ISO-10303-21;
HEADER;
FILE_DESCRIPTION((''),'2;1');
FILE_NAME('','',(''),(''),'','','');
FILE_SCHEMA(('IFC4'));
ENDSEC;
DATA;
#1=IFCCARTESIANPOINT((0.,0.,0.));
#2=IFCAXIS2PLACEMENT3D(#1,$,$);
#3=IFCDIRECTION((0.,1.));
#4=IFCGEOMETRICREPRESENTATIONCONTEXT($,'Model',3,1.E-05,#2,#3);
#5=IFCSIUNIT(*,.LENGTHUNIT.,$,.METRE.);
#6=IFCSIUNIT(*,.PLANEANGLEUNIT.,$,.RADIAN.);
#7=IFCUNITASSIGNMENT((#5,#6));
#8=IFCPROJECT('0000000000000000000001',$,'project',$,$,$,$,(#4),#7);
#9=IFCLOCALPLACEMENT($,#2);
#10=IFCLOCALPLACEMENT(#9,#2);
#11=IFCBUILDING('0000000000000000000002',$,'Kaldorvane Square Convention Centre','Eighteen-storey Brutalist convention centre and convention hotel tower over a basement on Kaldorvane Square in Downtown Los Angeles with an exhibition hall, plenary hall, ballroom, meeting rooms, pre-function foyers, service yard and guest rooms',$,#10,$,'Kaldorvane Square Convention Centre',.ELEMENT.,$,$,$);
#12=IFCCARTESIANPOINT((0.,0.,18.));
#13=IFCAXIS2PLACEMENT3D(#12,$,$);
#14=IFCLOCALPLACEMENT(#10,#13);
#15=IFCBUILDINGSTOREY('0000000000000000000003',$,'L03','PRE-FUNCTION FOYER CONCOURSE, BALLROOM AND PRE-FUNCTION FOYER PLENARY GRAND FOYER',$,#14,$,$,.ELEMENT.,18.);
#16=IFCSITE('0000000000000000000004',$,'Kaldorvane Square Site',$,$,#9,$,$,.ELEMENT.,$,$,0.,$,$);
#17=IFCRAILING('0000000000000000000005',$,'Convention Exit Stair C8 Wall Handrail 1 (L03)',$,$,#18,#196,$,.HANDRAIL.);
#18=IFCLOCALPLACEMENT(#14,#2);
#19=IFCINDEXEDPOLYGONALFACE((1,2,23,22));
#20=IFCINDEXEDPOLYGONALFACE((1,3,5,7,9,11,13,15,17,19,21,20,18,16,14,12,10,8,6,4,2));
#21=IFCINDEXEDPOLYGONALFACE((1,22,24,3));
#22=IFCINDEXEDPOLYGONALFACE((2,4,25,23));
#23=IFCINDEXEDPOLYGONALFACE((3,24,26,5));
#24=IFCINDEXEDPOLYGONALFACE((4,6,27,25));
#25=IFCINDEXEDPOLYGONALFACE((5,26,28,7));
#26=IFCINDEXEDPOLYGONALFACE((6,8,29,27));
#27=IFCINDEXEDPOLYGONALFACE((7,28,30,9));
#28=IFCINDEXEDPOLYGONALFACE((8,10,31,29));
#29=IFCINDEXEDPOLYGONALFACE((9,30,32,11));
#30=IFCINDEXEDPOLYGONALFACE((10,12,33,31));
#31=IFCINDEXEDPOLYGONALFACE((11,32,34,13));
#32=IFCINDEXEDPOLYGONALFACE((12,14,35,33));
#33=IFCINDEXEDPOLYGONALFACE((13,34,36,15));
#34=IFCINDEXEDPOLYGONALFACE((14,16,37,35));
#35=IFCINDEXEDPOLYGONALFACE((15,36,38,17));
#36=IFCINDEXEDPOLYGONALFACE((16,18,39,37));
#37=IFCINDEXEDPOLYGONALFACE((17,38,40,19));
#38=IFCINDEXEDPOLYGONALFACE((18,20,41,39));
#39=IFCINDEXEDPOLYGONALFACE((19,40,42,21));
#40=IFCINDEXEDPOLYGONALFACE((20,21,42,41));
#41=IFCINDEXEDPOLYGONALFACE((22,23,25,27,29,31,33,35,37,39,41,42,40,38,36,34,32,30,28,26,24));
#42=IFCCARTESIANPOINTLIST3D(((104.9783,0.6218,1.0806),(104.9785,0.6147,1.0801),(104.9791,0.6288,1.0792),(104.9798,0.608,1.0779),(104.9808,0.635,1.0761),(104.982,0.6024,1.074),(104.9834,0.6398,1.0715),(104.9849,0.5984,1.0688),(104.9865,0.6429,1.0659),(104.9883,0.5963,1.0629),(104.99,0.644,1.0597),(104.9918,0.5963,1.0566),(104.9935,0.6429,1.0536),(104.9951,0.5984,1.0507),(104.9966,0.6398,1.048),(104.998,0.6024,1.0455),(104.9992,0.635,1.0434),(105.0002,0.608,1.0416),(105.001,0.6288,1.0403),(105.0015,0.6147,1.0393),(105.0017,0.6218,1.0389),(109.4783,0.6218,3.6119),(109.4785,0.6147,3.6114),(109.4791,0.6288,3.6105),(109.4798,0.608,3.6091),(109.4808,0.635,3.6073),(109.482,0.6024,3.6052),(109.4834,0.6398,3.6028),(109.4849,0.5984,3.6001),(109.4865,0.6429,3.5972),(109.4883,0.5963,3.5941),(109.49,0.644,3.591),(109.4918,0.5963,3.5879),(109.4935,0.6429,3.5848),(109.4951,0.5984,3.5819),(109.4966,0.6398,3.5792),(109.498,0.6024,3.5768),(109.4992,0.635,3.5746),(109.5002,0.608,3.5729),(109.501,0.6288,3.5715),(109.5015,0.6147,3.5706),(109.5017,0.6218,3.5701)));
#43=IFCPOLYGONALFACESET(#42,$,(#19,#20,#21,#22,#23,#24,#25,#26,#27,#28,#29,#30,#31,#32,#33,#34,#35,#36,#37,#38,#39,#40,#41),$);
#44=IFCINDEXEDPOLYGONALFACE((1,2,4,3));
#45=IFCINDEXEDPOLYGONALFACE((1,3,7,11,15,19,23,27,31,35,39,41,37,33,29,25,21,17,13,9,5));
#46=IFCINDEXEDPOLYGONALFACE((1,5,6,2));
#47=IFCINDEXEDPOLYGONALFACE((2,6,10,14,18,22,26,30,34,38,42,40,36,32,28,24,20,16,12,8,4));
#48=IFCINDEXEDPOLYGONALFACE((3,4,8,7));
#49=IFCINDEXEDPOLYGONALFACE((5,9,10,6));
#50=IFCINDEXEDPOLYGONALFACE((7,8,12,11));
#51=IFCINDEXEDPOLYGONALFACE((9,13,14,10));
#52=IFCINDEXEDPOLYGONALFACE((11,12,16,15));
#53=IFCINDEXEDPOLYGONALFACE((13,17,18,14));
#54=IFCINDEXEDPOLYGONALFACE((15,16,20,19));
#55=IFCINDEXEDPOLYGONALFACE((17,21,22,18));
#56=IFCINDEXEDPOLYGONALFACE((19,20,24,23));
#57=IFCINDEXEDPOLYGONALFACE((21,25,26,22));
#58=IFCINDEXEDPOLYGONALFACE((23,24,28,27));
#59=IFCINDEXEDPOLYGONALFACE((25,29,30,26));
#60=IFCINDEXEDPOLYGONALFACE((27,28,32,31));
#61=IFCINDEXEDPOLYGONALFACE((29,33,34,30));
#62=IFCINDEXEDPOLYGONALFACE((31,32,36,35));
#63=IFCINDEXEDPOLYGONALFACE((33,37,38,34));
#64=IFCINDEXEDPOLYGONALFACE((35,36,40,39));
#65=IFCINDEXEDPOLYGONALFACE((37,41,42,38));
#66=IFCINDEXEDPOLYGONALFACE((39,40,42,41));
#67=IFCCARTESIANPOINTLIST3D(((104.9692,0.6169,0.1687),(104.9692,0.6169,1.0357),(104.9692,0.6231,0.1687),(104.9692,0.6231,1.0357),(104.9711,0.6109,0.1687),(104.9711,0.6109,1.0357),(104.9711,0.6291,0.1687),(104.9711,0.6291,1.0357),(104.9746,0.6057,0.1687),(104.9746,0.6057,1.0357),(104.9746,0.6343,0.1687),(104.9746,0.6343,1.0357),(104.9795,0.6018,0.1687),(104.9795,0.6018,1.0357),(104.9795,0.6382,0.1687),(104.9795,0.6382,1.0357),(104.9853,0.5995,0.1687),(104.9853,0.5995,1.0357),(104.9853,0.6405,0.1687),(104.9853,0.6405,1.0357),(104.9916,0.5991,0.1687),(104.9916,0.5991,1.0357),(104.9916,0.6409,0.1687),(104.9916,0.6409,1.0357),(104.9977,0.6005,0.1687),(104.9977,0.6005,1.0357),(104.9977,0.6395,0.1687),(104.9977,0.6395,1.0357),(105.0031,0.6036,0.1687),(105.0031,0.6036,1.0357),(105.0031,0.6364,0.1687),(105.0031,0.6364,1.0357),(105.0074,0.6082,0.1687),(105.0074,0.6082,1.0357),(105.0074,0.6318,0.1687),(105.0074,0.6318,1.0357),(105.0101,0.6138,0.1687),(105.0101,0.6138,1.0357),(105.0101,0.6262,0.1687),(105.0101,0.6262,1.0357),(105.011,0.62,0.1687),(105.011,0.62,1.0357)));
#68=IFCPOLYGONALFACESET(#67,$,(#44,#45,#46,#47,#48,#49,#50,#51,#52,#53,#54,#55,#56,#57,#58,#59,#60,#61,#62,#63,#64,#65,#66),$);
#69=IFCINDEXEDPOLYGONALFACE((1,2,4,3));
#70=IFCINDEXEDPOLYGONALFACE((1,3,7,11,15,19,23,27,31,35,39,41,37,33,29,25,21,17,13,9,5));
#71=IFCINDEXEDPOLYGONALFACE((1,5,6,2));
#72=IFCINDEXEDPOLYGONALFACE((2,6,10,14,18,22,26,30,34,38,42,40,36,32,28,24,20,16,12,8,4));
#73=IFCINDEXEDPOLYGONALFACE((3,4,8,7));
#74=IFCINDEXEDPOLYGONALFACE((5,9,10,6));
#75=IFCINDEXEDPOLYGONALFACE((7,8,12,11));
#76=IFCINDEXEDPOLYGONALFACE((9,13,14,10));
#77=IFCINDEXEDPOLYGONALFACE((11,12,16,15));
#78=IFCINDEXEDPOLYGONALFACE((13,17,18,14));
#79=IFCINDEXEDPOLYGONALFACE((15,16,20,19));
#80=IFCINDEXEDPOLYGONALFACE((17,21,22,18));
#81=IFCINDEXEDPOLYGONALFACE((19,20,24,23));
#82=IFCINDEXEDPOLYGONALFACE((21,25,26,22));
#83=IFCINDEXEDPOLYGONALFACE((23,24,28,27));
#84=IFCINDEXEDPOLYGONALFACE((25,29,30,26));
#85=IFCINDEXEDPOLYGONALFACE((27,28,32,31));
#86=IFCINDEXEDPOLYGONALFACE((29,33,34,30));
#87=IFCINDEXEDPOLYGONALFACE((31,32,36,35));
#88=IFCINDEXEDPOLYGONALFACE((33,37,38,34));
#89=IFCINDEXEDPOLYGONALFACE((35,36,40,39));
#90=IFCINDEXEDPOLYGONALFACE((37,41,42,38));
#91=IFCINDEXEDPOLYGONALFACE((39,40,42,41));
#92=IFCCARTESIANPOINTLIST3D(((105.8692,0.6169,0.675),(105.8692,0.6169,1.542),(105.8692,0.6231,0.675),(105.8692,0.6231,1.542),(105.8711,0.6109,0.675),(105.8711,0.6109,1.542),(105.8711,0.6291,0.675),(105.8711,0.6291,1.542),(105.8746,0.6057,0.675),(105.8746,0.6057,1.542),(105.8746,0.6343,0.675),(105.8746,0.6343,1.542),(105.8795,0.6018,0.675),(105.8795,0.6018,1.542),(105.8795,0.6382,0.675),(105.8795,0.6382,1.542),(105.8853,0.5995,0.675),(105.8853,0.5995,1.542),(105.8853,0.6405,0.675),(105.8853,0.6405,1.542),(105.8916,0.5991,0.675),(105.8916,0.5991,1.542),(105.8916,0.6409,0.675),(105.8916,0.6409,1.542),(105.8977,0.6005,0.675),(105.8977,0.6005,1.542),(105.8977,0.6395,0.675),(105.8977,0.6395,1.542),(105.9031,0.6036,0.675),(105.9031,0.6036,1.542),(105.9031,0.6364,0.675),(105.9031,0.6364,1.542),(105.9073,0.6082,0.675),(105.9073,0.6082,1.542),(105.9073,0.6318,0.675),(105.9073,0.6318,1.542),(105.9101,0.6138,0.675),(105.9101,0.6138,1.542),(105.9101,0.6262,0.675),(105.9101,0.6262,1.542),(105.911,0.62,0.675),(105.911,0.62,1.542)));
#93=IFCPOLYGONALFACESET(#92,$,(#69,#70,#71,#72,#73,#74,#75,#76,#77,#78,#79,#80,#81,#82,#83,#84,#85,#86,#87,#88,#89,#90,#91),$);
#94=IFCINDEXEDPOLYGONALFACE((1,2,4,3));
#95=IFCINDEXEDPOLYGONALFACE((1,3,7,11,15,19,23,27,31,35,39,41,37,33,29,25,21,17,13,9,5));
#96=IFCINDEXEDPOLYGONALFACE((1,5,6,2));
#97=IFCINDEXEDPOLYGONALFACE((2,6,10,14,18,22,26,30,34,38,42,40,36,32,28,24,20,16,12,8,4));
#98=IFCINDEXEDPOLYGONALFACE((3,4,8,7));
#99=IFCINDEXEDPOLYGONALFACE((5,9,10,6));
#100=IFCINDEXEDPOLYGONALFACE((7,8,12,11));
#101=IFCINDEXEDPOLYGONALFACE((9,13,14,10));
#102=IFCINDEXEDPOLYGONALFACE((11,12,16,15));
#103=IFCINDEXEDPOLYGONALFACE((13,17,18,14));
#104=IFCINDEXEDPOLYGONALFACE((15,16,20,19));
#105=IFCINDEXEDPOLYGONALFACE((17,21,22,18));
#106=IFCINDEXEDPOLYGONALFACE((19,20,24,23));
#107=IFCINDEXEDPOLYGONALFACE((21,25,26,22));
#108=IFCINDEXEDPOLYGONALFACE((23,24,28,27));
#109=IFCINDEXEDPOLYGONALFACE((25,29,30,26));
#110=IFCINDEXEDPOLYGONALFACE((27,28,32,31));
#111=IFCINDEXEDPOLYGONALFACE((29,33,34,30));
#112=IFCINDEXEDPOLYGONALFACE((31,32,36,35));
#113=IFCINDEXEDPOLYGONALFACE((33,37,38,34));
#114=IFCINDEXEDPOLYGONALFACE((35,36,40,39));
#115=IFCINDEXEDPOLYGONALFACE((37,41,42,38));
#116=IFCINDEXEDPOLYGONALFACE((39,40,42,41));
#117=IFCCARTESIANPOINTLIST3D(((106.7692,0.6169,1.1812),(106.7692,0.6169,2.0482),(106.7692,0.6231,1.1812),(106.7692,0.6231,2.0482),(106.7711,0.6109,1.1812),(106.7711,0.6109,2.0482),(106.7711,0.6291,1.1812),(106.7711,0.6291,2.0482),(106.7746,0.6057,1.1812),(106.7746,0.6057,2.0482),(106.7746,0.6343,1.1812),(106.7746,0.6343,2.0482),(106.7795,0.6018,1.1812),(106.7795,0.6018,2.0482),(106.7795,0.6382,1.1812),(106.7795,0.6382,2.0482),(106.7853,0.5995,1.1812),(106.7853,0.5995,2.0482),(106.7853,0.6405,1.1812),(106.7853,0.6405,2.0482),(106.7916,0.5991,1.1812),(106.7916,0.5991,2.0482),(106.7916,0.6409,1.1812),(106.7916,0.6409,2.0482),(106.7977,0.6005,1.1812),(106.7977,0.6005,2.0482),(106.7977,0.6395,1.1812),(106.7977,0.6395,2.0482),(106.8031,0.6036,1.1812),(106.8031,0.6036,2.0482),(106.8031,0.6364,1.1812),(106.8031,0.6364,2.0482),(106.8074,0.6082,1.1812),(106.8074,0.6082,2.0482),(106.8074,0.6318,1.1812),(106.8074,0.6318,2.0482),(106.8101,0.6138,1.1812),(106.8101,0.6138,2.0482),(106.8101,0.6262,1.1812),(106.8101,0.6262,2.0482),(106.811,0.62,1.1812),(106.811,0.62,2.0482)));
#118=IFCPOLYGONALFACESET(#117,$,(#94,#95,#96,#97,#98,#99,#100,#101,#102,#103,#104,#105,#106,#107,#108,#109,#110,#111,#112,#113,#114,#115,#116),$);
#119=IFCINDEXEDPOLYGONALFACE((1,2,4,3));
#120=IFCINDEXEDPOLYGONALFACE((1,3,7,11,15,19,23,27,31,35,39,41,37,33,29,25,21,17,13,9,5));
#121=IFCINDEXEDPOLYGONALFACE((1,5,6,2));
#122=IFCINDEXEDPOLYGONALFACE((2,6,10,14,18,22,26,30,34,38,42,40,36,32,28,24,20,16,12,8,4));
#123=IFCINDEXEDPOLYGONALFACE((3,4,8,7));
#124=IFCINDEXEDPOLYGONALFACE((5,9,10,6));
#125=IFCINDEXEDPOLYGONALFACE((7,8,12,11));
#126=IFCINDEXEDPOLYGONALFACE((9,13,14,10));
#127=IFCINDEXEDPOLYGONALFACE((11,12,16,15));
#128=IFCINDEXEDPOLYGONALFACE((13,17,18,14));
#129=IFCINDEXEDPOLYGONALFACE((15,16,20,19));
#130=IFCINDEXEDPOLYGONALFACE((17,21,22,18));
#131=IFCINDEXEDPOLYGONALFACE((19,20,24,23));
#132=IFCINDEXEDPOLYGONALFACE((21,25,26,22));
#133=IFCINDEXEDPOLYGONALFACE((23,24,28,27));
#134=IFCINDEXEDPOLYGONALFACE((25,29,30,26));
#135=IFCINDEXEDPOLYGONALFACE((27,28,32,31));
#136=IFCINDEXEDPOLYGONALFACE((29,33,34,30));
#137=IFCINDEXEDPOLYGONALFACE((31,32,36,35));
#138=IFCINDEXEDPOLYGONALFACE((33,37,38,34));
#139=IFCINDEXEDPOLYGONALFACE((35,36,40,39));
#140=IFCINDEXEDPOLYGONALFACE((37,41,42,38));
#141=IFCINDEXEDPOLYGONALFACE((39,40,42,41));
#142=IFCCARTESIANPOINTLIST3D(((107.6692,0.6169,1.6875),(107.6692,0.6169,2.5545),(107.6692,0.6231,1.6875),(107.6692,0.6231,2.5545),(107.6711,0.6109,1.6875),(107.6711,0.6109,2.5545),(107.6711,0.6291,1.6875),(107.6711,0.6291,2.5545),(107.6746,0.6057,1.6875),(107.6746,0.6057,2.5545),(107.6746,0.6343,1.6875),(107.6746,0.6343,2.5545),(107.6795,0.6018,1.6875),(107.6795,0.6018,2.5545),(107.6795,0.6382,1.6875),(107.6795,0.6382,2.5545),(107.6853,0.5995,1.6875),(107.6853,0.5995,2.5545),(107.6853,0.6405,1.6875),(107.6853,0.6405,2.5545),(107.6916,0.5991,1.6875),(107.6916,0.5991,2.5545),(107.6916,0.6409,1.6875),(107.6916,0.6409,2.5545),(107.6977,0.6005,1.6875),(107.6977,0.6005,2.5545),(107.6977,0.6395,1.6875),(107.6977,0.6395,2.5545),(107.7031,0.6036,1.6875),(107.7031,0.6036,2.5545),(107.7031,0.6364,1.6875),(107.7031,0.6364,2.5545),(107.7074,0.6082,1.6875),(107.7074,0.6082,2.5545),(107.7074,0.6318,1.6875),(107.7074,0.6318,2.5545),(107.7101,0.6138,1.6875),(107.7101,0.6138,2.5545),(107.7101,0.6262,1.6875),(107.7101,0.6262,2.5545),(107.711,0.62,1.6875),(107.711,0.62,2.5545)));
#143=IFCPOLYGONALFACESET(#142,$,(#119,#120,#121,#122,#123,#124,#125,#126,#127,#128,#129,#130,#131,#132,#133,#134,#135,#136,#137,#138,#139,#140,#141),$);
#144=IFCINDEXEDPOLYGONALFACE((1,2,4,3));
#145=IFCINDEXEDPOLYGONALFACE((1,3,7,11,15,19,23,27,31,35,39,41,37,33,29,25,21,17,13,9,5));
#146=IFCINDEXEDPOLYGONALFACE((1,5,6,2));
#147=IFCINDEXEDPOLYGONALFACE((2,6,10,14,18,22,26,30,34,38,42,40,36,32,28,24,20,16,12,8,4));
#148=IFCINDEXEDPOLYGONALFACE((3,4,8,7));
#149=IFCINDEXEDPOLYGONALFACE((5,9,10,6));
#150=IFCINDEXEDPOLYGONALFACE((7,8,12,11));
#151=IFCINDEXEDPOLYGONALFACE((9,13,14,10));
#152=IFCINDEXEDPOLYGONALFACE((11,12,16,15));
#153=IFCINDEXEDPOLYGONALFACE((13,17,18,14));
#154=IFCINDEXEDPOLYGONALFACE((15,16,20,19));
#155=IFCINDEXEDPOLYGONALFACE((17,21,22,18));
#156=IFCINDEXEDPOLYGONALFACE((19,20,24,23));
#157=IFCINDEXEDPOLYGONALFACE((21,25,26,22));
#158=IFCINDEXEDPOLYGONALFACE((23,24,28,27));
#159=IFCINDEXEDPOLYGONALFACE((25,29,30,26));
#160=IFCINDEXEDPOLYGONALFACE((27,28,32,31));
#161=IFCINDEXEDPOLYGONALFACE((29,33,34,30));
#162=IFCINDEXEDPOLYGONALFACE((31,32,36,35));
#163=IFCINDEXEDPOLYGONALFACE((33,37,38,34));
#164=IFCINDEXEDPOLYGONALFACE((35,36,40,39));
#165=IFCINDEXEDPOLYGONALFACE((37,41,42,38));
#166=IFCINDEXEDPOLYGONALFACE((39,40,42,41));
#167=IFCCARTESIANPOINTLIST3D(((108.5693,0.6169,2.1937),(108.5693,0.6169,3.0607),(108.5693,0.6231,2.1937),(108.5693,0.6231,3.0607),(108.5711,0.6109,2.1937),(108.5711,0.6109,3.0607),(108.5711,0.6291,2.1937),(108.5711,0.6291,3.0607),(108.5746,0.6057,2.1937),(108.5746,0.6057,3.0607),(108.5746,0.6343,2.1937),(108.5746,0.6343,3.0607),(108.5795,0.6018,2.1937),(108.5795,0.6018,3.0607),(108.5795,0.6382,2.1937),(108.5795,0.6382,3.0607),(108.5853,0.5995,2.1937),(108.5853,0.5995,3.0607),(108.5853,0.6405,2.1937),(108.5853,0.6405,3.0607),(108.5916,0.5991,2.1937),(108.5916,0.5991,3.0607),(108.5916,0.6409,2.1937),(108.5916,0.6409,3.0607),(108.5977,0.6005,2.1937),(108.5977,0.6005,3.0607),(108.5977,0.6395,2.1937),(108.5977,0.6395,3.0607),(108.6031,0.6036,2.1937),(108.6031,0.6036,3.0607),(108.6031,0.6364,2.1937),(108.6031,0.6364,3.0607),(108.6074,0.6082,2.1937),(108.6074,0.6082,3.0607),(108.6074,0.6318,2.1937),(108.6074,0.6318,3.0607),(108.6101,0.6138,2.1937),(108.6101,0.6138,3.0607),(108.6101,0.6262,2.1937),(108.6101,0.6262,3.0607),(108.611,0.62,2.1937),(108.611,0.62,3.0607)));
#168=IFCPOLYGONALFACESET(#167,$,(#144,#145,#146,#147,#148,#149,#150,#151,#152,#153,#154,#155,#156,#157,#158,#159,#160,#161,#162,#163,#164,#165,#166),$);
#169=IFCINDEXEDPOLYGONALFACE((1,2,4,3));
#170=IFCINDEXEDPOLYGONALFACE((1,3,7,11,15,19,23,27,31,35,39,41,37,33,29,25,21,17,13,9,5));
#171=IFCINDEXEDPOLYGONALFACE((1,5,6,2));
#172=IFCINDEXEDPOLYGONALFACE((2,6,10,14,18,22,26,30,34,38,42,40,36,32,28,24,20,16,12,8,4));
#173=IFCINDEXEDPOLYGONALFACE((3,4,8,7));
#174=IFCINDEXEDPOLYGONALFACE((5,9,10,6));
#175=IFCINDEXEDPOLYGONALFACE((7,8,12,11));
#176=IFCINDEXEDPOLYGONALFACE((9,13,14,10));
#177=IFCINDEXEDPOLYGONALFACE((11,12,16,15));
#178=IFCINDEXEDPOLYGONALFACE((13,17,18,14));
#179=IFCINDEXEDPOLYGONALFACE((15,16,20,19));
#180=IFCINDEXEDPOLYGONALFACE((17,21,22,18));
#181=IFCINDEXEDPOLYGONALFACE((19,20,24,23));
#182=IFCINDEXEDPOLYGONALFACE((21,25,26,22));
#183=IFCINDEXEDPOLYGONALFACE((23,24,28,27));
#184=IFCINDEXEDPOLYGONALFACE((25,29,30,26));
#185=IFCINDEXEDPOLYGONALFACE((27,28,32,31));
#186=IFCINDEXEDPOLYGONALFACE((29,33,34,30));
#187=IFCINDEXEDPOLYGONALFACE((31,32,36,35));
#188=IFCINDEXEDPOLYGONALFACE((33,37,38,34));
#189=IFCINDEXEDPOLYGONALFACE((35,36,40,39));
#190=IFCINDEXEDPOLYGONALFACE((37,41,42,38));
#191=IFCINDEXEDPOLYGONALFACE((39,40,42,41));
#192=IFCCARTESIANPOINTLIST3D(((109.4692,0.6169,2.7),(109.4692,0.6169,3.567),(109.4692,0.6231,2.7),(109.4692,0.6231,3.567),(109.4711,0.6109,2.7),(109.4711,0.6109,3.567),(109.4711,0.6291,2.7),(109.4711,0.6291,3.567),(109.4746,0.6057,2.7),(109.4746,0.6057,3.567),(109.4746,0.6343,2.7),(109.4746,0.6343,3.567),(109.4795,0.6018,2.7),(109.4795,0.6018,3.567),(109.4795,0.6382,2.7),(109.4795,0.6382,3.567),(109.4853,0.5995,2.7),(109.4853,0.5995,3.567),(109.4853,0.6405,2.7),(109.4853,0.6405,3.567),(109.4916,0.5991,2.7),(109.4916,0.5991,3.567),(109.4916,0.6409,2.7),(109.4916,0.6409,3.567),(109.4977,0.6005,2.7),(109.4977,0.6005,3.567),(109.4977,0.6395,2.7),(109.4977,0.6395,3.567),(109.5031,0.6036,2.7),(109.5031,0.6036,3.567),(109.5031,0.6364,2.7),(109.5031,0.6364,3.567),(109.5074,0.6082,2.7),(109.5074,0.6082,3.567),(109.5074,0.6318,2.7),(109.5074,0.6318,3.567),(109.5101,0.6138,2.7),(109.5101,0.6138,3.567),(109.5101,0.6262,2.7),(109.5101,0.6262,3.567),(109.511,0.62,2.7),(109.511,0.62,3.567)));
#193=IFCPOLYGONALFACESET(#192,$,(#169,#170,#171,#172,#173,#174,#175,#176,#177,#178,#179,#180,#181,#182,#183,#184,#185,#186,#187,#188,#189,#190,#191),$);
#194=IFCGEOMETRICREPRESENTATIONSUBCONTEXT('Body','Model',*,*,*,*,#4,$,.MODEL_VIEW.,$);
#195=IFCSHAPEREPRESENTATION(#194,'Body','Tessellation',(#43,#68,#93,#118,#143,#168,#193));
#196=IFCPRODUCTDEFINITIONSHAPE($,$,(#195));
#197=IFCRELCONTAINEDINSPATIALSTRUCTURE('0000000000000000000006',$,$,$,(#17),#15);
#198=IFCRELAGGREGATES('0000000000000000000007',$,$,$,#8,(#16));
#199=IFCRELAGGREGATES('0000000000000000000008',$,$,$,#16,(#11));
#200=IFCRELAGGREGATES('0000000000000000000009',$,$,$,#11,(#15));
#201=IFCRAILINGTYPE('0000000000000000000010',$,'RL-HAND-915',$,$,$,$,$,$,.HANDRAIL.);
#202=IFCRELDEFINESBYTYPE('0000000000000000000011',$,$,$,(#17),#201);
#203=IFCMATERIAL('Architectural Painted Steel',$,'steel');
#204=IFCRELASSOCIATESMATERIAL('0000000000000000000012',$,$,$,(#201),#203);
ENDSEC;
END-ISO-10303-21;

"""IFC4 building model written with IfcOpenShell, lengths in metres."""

from ifc_helpers import new_model, si_unit, direction, frame, origin, origin_2d, place, context, subcontext, project, spatial, circle, extrude, material, type_object, element, save


model = new_model("IFC4")

# Units and contexts
model_context = context("Model", 3, precision=1e-05, world=origin(), true_north=direction((0.0, 1.0)))
body_context = subcontext(model_context, "Body", "Model", "MODEL_VIEW")
ifc_project = project(units=[si_unit("LENGTHUNIT", "METRE"), si_unit("PLANEANGLEUNIT", "RADIAN")], contexts=[model_context])

# Site, building, storey
site_placement = place(None, origin())
site = spatial("IfcSite", under=ifc_project, at=site_placement, Name="Kaldorvane Square Site", CompositionType="ELEMENT", RefElevation=0.0)
building_placement = place(site_placement, origin())
building = spatial("IfcBuilding", under=site, at=building_placement, Name="Kaldorvane Square Convention Centre", Description="Eighteen-storey Brutalist convention centre and convention hotel tower over a basement on Kaldorvane Square in Downtown Los Angeles with an exhibition hall, plenary hall, ballroom, meeting rooms, pre-function foyers, service yard and guest rooms", LongName="Kaldorvane Square Convention Centre", CompositionType="ELEMENT")
storey_placement = place(building_placement, frame((0.0, 0.0, 18.0)))
storey = spatial("IfcBuildingStorey", under=building, at=storey_placement, Name="L03", Description="PRE-FUNCTION FOYER CONCOURSE, BALLROOM AND PRE-FUNCTION FOYER PLENARY GRAND FOYER", CompositionType="ELEMENT", Elevation=18.0)

# Railing
ifc_material_1 = material(Name="Architectural Painted Steel", Category="steel")
railing_type_1 = type_object("IfcRailingType", Name="RL-HAND-915", PredefinedType="HANDRAIL", material=ifc_material_1)
railing_1_placement = place(storey_placement, frame((104.99, 0.62, 0.1687)))
element("IfcRailing", 1, at=railing_1_placement, inside=storey, type_object=railing_type_1, Name="Convention Exit Stair C8 Wall Handrail 1 (L03)", PredefinedType="HANDRAIL", context=body_context, shape_type="SweptSolid", body=[
    extrude(circle(Radius=0.024, at=origin_2d()), frame((0.0, 0.0, 0.891), z_axis=(0.871576, 0.0, 0.490261), x_axis=(0.0, 1.0, 0.0)), (0.0, 0.0, 1.0), 5.1631),
    extrude(circle(Radius=0.021, at=origin_2d()), origin(), (0.0, 0.0, 1.0), 0.867),
    extrude(circle(Radius=0.021, at=origin_2d()), frame((0.9, 0.0, 0.5063)), (0.0, 0.0, 1.0), 0.867),
    extrude(circle(Radius=0.021, at=origin_2d()), frame((1.8, 0.0, 1.0125)), (0.0, 0.0, 1.0), 0.867),
    extrude(circle(Radius=0.021, at=origin_2d()), frame((2.7, 0.0, 1.5188)), (0.0, 0.0, 1.0), 0.867),
    extrude(circle(Radius=0.021, at=origin_2d()), frame((3.6, 0.0, 2.025)), (0.0, 0.0, 1.0), 0.867),
    extrude(circle(Radius=0.021, at=origin_2d()), frame((4.5, 0.0, 2.5312)), (0.0, 0.0, 1.0), 0.867),
])

save(model, "model.ifc")
